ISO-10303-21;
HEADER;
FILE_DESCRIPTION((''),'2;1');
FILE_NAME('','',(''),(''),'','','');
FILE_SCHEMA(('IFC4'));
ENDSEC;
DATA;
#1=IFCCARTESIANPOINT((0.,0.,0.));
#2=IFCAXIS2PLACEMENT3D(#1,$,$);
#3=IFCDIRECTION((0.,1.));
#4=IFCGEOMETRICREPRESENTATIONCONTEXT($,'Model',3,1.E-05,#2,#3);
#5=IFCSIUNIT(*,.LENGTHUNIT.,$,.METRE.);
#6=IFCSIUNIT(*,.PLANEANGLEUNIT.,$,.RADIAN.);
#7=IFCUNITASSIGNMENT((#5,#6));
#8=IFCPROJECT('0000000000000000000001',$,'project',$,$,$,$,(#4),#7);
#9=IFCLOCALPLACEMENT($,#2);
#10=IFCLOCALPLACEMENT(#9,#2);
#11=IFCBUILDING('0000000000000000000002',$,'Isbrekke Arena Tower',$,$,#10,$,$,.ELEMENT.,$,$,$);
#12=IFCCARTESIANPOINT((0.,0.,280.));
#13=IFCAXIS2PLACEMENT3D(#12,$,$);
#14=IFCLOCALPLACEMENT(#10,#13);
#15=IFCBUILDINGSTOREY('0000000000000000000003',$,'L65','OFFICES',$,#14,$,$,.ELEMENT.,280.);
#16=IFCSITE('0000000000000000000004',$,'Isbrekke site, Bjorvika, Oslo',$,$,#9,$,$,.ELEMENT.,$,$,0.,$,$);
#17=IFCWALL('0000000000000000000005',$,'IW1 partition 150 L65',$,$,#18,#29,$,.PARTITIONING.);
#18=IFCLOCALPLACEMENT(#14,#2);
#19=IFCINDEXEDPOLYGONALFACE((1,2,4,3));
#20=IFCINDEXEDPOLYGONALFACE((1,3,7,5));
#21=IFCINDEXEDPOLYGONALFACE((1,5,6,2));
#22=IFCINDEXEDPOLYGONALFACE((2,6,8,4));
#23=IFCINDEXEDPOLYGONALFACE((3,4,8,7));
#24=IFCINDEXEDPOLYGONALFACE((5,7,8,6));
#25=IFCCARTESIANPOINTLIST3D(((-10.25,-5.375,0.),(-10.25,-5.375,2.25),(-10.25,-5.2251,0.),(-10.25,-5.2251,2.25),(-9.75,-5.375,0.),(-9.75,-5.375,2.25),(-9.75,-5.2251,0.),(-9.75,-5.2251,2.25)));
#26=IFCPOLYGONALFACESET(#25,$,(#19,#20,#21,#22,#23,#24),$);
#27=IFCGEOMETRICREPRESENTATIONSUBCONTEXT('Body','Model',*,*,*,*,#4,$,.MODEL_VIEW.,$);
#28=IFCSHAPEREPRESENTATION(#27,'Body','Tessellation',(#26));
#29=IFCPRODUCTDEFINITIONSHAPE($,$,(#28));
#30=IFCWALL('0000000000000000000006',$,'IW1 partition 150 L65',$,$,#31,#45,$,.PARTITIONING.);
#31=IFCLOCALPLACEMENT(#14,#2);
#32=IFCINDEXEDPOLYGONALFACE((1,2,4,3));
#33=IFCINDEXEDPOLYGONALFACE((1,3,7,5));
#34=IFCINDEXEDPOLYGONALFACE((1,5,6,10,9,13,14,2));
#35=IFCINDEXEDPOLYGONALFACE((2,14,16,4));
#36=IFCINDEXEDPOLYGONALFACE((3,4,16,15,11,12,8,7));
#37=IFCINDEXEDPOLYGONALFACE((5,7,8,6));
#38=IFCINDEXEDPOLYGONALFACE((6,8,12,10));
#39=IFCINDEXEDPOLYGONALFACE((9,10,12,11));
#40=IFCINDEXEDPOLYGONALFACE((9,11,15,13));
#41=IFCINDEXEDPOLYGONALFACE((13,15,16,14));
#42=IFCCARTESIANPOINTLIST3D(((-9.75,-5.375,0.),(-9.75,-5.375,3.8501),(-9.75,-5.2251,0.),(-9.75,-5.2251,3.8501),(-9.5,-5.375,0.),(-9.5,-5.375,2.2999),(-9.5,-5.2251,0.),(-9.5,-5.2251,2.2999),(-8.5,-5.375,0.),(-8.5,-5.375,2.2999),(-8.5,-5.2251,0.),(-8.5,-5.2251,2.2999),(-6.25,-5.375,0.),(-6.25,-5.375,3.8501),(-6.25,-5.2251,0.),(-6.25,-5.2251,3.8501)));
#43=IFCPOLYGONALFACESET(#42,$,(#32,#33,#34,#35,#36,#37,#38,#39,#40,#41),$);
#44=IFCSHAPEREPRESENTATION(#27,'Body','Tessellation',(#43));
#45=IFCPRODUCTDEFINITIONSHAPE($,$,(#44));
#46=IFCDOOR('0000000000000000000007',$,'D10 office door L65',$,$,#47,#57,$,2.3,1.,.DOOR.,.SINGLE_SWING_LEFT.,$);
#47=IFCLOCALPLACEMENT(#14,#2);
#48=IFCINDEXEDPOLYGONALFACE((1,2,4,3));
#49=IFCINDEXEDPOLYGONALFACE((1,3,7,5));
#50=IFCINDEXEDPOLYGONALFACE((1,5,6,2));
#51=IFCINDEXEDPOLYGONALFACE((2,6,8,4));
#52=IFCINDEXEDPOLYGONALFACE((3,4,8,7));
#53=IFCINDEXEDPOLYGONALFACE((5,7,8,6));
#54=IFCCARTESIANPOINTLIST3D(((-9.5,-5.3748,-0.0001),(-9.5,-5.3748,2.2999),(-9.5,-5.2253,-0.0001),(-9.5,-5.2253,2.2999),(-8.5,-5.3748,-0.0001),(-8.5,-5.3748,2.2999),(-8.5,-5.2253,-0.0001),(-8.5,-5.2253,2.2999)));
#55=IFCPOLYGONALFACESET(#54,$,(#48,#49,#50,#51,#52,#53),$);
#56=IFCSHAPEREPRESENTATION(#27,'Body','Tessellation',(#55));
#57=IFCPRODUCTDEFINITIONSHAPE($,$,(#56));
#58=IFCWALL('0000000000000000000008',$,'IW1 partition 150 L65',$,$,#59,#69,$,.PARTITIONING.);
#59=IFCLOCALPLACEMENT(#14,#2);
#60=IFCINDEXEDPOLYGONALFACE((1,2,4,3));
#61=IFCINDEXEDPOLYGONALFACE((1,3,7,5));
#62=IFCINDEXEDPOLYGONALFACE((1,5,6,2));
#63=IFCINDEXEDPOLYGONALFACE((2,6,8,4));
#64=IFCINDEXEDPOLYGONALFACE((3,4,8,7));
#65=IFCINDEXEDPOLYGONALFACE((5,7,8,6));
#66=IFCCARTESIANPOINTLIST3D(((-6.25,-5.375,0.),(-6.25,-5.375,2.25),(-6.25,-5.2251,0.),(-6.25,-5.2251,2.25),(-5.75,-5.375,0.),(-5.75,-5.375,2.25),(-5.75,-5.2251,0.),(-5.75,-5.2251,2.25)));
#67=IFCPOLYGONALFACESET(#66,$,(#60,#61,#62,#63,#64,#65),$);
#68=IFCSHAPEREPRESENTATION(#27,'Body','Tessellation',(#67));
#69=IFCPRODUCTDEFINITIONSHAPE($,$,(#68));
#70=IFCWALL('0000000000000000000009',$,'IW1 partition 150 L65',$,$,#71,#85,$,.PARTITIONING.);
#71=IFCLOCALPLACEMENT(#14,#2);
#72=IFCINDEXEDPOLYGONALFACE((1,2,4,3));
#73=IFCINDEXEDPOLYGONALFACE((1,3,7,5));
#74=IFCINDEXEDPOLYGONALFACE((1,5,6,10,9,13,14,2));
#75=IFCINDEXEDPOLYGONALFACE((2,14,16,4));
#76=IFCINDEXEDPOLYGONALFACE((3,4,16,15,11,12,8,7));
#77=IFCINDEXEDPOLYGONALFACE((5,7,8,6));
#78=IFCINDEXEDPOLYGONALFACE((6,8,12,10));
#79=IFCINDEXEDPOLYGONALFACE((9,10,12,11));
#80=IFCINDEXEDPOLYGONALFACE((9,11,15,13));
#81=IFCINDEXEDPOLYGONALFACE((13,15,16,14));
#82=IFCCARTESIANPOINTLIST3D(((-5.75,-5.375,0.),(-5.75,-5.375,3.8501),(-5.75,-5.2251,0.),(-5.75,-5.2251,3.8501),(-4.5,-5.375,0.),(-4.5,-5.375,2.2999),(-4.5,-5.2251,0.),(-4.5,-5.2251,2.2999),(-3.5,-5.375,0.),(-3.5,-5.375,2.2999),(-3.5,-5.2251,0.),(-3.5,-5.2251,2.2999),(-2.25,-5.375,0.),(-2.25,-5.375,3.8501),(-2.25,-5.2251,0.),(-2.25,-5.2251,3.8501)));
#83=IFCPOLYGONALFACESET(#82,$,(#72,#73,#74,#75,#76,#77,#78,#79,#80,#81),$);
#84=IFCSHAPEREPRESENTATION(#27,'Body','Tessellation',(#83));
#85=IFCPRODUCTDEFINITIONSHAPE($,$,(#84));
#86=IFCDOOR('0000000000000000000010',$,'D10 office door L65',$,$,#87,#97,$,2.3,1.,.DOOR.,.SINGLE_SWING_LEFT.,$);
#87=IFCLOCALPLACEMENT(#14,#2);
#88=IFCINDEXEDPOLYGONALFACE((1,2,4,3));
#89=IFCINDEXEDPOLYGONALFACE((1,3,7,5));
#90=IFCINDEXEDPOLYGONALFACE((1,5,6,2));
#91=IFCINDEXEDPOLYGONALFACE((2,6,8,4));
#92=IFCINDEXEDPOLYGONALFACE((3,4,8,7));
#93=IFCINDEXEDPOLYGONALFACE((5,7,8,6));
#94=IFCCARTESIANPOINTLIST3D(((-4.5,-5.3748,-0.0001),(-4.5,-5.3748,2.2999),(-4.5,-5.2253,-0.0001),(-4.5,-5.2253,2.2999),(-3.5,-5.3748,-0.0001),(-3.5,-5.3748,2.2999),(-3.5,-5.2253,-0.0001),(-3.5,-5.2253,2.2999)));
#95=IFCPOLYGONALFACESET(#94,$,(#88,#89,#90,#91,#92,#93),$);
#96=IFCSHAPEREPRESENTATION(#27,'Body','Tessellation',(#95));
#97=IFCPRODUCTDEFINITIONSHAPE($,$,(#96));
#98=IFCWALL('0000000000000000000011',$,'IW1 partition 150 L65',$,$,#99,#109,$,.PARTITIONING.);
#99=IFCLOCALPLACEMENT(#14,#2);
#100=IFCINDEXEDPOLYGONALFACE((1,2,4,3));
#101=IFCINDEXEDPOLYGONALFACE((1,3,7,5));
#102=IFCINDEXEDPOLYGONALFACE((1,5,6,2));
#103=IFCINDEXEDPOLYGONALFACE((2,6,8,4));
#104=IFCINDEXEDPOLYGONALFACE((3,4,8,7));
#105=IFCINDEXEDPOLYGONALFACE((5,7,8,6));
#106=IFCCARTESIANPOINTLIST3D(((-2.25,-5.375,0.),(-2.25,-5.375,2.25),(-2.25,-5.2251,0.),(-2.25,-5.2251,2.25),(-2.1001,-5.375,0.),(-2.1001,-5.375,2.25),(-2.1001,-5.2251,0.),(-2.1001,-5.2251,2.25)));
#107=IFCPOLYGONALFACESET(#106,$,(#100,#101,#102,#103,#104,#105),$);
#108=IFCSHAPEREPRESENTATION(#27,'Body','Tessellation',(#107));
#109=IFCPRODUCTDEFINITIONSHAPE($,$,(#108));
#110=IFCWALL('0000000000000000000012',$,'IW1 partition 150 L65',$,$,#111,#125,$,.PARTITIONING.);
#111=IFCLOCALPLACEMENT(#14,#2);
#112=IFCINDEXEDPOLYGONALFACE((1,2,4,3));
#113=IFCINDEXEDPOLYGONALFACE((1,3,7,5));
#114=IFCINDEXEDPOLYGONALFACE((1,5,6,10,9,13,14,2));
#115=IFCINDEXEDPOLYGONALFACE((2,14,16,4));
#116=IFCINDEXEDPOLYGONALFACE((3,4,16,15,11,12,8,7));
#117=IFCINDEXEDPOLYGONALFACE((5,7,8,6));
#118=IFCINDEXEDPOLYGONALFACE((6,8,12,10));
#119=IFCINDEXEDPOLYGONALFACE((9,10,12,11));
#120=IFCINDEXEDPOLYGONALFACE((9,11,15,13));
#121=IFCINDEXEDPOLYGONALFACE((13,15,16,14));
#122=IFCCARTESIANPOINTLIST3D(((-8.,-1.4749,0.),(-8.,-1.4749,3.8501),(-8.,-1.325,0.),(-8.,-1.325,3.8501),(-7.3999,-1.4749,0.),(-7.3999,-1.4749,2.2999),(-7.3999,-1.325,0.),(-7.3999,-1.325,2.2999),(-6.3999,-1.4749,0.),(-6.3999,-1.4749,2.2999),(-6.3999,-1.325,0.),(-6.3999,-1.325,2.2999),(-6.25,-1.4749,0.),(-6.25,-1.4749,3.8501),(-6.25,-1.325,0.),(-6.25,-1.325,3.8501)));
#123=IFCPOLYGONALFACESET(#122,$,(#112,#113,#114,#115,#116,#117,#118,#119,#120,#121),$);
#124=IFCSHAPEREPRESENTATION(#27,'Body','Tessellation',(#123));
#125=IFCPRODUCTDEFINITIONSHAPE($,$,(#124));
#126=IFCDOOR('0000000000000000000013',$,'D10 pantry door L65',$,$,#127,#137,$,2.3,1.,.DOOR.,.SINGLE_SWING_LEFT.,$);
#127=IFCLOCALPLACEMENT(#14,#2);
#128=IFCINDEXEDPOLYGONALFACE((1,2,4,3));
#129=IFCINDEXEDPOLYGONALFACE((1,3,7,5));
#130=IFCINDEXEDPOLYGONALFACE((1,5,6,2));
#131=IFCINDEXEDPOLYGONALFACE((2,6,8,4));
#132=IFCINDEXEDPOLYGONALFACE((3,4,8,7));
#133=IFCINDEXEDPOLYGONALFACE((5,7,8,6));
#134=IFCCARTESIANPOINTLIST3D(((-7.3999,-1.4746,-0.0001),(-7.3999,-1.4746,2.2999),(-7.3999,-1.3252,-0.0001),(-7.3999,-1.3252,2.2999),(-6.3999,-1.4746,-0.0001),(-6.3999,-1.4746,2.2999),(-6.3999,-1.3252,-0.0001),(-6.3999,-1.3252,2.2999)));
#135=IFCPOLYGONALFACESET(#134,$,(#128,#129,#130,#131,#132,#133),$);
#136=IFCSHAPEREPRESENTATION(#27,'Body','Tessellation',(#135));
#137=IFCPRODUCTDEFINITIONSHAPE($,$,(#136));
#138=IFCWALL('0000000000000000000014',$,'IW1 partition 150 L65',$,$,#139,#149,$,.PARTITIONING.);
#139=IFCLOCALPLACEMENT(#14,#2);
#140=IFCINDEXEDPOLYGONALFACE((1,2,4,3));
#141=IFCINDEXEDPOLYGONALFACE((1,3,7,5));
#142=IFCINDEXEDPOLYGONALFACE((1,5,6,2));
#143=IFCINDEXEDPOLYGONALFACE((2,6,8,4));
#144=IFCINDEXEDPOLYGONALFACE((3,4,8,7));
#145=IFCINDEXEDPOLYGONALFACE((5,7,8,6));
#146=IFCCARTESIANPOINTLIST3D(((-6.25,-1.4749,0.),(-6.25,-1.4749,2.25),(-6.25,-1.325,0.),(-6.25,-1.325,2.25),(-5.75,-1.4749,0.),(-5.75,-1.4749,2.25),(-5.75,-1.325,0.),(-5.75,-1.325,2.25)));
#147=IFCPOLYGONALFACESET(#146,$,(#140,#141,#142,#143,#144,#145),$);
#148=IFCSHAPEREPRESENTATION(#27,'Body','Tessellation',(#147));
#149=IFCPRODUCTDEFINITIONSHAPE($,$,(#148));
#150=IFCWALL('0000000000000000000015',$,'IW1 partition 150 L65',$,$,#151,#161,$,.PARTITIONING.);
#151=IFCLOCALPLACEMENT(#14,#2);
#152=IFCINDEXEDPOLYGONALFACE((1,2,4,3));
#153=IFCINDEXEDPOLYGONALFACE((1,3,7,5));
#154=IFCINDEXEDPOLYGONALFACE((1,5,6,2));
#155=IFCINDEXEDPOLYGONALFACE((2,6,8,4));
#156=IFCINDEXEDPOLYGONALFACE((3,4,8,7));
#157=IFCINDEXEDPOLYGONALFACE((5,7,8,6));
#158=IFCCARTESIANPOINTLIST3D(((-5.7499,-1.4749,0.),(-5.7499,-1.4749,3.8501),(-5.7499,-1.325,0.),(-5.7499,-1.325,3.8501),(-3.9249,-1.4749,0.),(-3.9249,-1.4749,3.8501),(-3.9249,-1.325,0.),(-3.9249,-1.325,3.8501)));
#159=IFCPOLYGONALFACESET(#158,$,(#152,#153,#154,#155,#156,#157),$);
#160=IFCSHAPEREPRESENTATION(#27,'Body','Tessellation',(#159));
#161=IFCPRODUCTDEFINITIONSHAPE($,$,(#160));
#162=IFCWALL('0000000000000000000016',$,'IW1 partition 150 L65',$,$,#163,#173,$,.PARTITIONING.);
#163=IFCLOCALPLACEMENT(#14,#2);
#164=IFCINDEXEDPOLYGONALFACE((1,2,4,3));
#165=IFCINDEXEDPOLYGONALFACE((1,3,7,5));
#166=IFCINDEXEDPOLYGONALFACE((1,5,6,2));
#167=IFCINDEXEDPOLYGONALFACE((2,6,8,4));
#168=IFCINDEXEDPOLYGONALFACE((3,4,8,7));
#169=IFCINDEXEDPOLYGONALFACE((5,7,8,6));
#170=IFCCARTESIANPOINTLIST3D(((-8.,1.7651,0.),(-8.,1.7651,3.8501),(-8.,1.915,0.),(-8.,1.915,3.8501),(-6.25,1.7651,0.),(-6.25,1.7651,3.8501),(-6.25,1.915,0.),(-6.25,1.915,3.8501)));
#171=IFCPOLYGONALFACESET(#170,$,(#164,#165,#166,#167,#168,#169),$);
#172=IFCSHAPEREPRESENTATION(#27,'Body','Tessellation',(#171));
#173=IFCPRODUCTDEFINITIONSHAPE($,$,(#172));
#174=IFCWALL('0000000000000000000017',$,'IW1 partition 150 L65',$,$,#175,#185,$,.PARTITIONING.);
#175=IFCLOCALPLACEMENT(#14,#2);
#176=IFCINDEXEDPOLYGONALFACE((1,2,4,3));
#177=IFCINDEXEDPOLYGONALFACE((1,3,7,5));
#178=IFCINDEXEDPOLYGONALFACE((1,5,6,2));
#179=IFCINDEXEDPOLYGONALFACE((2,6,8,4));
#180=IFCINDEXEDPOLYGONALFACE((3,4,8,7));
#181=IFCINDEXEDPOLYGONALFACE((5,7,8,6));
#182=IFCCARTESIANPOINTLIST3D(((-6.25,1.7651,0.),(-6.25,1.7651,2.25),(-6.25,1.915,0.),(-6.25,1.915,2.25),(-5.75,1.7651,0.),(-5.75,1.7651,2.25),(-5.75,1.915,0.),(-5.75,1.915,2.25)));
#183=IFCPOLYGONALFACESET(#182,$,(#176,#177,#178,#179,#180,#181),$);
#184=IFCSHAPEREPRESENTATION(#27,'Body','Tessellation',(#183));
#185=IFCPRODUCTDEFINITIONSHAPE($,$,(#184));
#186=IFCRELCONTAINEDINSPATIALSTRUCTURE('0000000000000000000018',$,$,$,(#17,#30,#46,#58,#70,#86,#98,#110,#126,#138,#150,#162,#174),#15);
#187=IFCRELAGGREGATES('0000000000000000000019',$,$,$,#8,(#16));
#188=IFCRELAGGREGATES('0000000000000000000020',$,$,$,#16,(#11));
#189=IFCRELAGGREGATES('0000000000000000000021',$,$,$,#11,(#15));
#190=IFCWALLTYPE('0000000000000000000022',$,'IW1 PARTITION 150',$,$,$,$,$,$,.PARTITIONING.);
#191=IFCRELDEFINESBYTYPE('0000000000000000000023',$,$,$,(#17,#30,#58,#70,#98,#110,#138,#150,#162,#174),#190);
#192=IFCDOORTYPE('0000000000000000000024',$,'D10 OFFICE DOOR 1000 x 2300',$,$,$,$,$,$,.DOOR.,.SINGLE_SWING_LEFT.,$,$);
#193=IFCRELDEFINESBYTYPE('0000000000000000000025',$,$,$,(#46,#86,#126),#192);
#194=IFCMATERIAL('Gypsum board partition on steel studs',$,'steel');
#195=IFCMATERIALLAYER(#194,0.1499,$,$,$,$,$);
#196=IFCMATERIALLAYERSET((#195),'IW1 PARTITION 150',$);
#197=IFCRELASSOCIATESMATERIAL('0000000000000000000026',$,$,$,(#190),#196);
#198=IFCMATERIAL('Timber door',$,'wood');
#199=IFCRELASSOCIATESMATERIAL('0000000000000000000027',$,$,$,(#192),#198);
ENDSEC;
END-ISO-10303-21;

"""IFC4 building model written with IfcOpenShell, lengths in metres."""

from ifc_helpers import new_model, si_unit, direction, frame, frame_2d, origin, place, context, subcontext, project, spatial, rectangle, extrude, material, layer, layer_set, type_object, element, fill, save


model = new_model("IFC4")

# Units and contexts
model_context = context("Model", 3, precision=1e-05, world=origin(), true_north=direction((0.0, 1.0)))
body_context = subcontext(model_context, "Body", "Model", "MODEL_VIEW")
ifc_project = project(units=[si_unit("LENGTHUNIT", "METRE"), si_unit("PLANEANGLEUNIT", "RADIAN")], contexts=[model_context])

# Site, building, storey
site_placement = place(None, origin())
site = spatial("IfcSite", under=ifc_project, at=site_placement, Name="Isbrekke site, Bjorvika, Oslo", CompositionType="ELEMENT", RefElevation=0.0)
building_placement = place(site_placement, origin())
building = spatial("IfcBuilding", under=site, at=building_placement, Name="Isbrekke Arena Tower", CompositionType="ELEMENT")
storey_placement = place(building_placement, frame((0.0, 0.0, 280.0)))
storey = spatial("IfcBuildingStorey", under=building, at=storey_placement, Name="L65", Description="OFFICES", CompositionType="ELEMENT", Elevation=280.0)

# Wall
ifc_material_1 = material(Name="Gypsum board partition on steel studs", Category="steel")
ifc_layer_1 = layer(ifc_material_1, 0.1499)
ifc_layer_set_1 = layer_set([ifc_layer_1], Name="IW1 PARTITION 150")
wall_type_1 = type_object("IfcWallType", Name="IW1 PARTITION 150", PredefinedType="PARTITIONING", material=ifc_layer_set_1)
wall_1_placement = place(storey_placement, frame((-10.25, -5.3, 0.0), z_axis=(0.0, 0.0, 1.0), x_axis=(1.0, 0.0, 0.0)))
element("IfcWall", 1, at=wall_1_placement, inside=storey, type_object=wall_type_1, Name="IW1 partition 150 L65", PredefinedType="PARTITIONING", context=body_context, shape_type="SweptSolid", body=[
    extrude(rectangle(XDim=0.5, YDim=0.1499, at=frame_2d((0.25, 0.0))), origin(), (0.0, 0.0, 1.0), 2.25),
])

# Wall, opening, door
wall_2_placement = place(storey_placement, frame((-9.75, -5.3, 0.0), z_axis=(0.0, 0.0, 1.0), x_axis=(1.0, 0.0, 0.0)))
wall_2 = element("IfcWall", 2, at=wall_2_placement, inside=storey, type_object=wall_type_1, Name="IW1 partition 150 L65", PredefinedType="PARTITIONING", context=body_context, shape_type="SweptSolid", body=[
    extrude(rectangle(XDim=3.5, YDim=0.1499, at=frame_2d((1.75, 0.0))), origin(), (0.0, 0.0, 1.0), 3.8501),
])
opening_1_placement = place(wall_2_placement, frame((0.25, 0.0, 0.0)))
opening_1 = element("IfcOpeningElement", 3, at=opening_1_placement, cuts=wall_2, PredefinedType="OPENING", context=body_context, shape_type="SweptSolid", body=[
    extrude(rectangle(XDim=1.0, YDim=2.3, at=frame_2d((0.5, 1.1499))), frame((0.0, 0.0898, 0.0), z_axis=(0.0, -1.0, 0.0), x_axis=(1.0, 0.0, 0.0)), (0.0, 0.0, 1.0), 0.1797),
])
ifc_material_2 = material(Name="Timber door", Category="wood")
door_type_1 = type_object("IfcDoorType", Name="D10 OFFICE DOOR 1000 x 2300", OperationType="SINGLE_SWING_LEFT", PredefinedType="DOOR", material=ifc_material_2)
door_1_placement = place(opening_1_placement, origin())
door_1 = element("IfcDoor", 4, at=door_1_placement, inside=storey, type_object=door_type_1, Name="D10 office door L65", OperationType="SINGLE_SWING_LEFT", OverallHeight=2.3, OverallWidth=1.0, PredefinedType="DOOR", context=body_context, shape_type="SweptSolid", body=[
    extrude(rectangle(XDim=1.0, YDim=2.3, at=frame_2d((0.5, 1.1499))), frame((0.0, 0.0747, 0.0), z_axis=(0.0, -1.0, 0.0), x_axis=(1.0, 0.0, 0.0)), (0.0, 0.0, 1.0), 0.1494),
])
fill(opening_1, door_1)

# Wall
wall_3_placement = place(storey_placement, frame((-6.25, -5.3, 0.0), z_axis=(0.0, 0.0, 1.0), x_axis=(1.0, 0.0, 0.0)))
element("IfcWall", 5, at=wall_3_placement, inside=storey, type_object=wall_type_1, Name="IW1 partition 150 L65", PredefinedType="PARTITIONING", context=body_context, shape_type="SweptSolid", body=[
    extrude(rectangle(XDim=0.5, YDim=0.1499, at=frame_2d((0.25, 0.0))), origin(), (0.0, 0.0, 1.0), 2.25),
])

# Wall, opening, door
wall_4_placement = place(storey_placement, frame((-5.75, -5.3, 0.0), z_axis=(0.0, 0.0, 1.0), x_axis=(1.0, 0.0, 0.0)))
wall_4 = element("IfcWall", 6, at=wall_4_placement, inside=storey, type_object=wall_type_1, Name="IW1 partition 150 L65", PredefinedType="PARTITIONING", context=body_context, shape_type="SweptSolid", body=[
    extrude(rectangle(XDim=3.5, YDim=0.1499, at=frame_2d((1.75, 0.0))), origin(), (0.0, 0.0, 1.0), 3.8501),
])
opening_2_placement = place(wall_4_placement, frame((1.25, 0.0, 0.0)))
opening_2 = element("IfcOpeningElement", 7, at=opening_2_placement, cuts=wall_4, PredefinedType="OPENING", context=body_context, shape_type="SweptSolid", body=[
    extrude(rectangle(XDim=1.0, YDim=2.3, at=frame_2d((0.5, 1.1499))), frame((0.0, 0.0898, 0.0), z_axis=(0.0, -1.0, 0.0), x_axis=(1.0, 0.0, 0.0)), (0.0, 0.0, 1.0), 0.1797),
])
door_2_placement = place(opening_2_placement, origin())
door_2 = element("IfcDoor", 8, at=door_2_placement, inside=storey, type_object=door_type_1, Name="D10 office door L65", OperationType="SINGLE_SWING_LEFT", OverallHeight=2.3, OverallWidth=1.0, PredefinedType="DOOR", context=body_context, shape_type="SweptSolid", body=[
    extrude(rectangle(XDim=1.0, YDim=2.3, at=frame_2d((0.5, 1.1499))), frame((0.0, 0.0747, 0.0), z_axis=(0.0, -1.0, 0.0), x_axis=(1.0, 0.0, 0.0)), (0.0, 0.0, 1.0), 0.1494),
])
fill(opening_2, door_2)

# Wall
wall_5_placement = place(storey_placement, frame((-2.25, -5.3, 0.0), z_axis=(0.0, 0.0, 1.0), x_axis=(1.0, 0.0, 0.0)))
element("IfcWall", 9, at=wall_5_placement, inside=storey, type_object=wall_type_1, Name="IW1 partition 150 L65", PredefinedType="PARTITIONING", context=body_context, shape_type="SweptSolid", body=[
    extrude(rectangle(XDim=0.1499, YDim=0.1499, at=frame_2d((0.075, 0.0))), origin(), (0.0, 0.0, 1.0), 2.25),
])

# Wall, opening, door
wall_6_placement = place(storey_placement, frame((-8.0, -1.3999, 0.0), z_axis=(0.0, 0.0, 1.0), x_axis=(1.0, 0.0, 0.0)))
wall_6 = element("IfcWall", 10, at=wall_6_placement, inside=storey, type_object=wall_type_1, Name="IW1 partition 150 L65", PredefinedType="PARTITIONING", context=body_context, shape_type="SweptSolid", body=[
    extrude(rectangle(XDim=1.75, YDim=0.1499, at=frame_2d((0.875, 0.0))), origin(), (0.0, 0.0, 1.0), 3.8501),
])
opening_3_placement = place(wall_6_placement, frame((0.6001, 0.0, 0.0)))
opening_3 = element("IfcOpeningElement", 11, at=opening_3_placement, cuts=wall_6, PredefinedType="OPENING", context=body_context, shape_type="SweptSolid", body=[
    extrude(rectangle(XDim=1.0, YDim=2.3, at=frame_2d((0.5, 1.1499))), frame((0.0, 0.0898, 0.0), z_axis=(0.0, -1.0, 0.0), x_axis=(1.0, 0.0, 0.0)), (0.0, 0.0, 1.0), 0.1797),
])
door_3_placement = place(opening_3_placement, origin())
door_3 = element("IfcDoor", 12, at=door_3_placement, inside=storey, type_object=door_type_1, Name="D10 pantry door L65", OperationType="SINGLE_SWING_LEFT", OverallHeight=2.3, OverallWidth=1.0, PredefinedType="DOOR", context=body_context, shape_type="SweptSolid", body=[
    extrude(rectangle(XDim=1.0, YDim=2.3, at=frame_2d((0.5, 1.1499))), frame((0.0, 0.0747, 0.0), z_axis=(0.0, -1.0, 0.0), x_axis=(1.0, 0.0, 0.0)), (0.0, 0.0, 1.0), 0.1494),
])
fill(opening_3, door_3)

# Walls
wall_7_placement = place(storey_placement, frame((-6.25, -1.3999, 0.0), z_axis=(0.0, 0.0, 1.0), x_axis=(1.0, 0.0, 0.0)))
element("IfcWall", 13, at=wall_7_placement, inside=storey, type_object=wall_type_1, Name="IW1 partition 150 L65", PredefinedType="PARTITIONING", context=body_context, shape_type="SweptSolid", body=[
    extrude(rectangle(XDim=0.5, YDim=0.1499, at=frame_2d((0.25, 0.0))), origin(), (0.0, 0.0, 1.0), 2.25),
])
wall_8_placement = place(storey_placement, frame((-5.75, -1.3999, 0.0), z_axis=(0.0, 0.0, 1.0), x_axis=(1.0, 0.0, 0.0)))
element("IfcWall", 14, at=wall_8_placement, inside=storey, type_object=wall_type_1, Name="IW1 partition 150 L65", PredefinedType="PARTITIONING", context=body_context, shape_type="SweptSolid", body=[
    extrude(rectangle(XDim=1.825, YDim=0.1499, at=frame_2d((0.9126, 0.0))), origin(), (0.0, 0.0, 1.0), 3.8501),
])
wall_9_placement = place(storey_placement, frame((-8.0, 1.8401, 0.0), z_axis=(0.0, 0.0, 1.0), x_axis=(1.0, 0.0, 0.0)))
element("IfcWall", 15, at=wall_9_placement, inside=storey, type_object=wall_type_1, Name="IW1 partition 150 L65", PredefinedType="PARTITIONING", context=body_context, shape_type="SweptSolid", body=[
    extrude(rectangle(XDim=1.75, YDim=0.1499, at=frame_2d((0.875, 0.0))), origin(), (0.0, 0.0, 1.0), 3.8501),
])
wall_10_placement = place(storey_placement, frame((-6.25, 1.8401, 0.0), z_axis=(0.0, 0.0, 1.0), x_axis=(1.0, 0.0, 0.0)))
element("IfcWall", 16, at=wall_10_placement, inside=storey, type_object=wall_type_1, Name="IW1 partition 150 L65", PredefinedType="PARTITIONING", context=body_context, shape_type="SweptSolid", body=[
    extrude(rectangle(XDim=0.5, YDim=0.1499, at=frame_2d((0.25, 0.0))), origin(), (0.0, 0.0, 1.0), 2.25),
])

save(model, "model.ifc")
